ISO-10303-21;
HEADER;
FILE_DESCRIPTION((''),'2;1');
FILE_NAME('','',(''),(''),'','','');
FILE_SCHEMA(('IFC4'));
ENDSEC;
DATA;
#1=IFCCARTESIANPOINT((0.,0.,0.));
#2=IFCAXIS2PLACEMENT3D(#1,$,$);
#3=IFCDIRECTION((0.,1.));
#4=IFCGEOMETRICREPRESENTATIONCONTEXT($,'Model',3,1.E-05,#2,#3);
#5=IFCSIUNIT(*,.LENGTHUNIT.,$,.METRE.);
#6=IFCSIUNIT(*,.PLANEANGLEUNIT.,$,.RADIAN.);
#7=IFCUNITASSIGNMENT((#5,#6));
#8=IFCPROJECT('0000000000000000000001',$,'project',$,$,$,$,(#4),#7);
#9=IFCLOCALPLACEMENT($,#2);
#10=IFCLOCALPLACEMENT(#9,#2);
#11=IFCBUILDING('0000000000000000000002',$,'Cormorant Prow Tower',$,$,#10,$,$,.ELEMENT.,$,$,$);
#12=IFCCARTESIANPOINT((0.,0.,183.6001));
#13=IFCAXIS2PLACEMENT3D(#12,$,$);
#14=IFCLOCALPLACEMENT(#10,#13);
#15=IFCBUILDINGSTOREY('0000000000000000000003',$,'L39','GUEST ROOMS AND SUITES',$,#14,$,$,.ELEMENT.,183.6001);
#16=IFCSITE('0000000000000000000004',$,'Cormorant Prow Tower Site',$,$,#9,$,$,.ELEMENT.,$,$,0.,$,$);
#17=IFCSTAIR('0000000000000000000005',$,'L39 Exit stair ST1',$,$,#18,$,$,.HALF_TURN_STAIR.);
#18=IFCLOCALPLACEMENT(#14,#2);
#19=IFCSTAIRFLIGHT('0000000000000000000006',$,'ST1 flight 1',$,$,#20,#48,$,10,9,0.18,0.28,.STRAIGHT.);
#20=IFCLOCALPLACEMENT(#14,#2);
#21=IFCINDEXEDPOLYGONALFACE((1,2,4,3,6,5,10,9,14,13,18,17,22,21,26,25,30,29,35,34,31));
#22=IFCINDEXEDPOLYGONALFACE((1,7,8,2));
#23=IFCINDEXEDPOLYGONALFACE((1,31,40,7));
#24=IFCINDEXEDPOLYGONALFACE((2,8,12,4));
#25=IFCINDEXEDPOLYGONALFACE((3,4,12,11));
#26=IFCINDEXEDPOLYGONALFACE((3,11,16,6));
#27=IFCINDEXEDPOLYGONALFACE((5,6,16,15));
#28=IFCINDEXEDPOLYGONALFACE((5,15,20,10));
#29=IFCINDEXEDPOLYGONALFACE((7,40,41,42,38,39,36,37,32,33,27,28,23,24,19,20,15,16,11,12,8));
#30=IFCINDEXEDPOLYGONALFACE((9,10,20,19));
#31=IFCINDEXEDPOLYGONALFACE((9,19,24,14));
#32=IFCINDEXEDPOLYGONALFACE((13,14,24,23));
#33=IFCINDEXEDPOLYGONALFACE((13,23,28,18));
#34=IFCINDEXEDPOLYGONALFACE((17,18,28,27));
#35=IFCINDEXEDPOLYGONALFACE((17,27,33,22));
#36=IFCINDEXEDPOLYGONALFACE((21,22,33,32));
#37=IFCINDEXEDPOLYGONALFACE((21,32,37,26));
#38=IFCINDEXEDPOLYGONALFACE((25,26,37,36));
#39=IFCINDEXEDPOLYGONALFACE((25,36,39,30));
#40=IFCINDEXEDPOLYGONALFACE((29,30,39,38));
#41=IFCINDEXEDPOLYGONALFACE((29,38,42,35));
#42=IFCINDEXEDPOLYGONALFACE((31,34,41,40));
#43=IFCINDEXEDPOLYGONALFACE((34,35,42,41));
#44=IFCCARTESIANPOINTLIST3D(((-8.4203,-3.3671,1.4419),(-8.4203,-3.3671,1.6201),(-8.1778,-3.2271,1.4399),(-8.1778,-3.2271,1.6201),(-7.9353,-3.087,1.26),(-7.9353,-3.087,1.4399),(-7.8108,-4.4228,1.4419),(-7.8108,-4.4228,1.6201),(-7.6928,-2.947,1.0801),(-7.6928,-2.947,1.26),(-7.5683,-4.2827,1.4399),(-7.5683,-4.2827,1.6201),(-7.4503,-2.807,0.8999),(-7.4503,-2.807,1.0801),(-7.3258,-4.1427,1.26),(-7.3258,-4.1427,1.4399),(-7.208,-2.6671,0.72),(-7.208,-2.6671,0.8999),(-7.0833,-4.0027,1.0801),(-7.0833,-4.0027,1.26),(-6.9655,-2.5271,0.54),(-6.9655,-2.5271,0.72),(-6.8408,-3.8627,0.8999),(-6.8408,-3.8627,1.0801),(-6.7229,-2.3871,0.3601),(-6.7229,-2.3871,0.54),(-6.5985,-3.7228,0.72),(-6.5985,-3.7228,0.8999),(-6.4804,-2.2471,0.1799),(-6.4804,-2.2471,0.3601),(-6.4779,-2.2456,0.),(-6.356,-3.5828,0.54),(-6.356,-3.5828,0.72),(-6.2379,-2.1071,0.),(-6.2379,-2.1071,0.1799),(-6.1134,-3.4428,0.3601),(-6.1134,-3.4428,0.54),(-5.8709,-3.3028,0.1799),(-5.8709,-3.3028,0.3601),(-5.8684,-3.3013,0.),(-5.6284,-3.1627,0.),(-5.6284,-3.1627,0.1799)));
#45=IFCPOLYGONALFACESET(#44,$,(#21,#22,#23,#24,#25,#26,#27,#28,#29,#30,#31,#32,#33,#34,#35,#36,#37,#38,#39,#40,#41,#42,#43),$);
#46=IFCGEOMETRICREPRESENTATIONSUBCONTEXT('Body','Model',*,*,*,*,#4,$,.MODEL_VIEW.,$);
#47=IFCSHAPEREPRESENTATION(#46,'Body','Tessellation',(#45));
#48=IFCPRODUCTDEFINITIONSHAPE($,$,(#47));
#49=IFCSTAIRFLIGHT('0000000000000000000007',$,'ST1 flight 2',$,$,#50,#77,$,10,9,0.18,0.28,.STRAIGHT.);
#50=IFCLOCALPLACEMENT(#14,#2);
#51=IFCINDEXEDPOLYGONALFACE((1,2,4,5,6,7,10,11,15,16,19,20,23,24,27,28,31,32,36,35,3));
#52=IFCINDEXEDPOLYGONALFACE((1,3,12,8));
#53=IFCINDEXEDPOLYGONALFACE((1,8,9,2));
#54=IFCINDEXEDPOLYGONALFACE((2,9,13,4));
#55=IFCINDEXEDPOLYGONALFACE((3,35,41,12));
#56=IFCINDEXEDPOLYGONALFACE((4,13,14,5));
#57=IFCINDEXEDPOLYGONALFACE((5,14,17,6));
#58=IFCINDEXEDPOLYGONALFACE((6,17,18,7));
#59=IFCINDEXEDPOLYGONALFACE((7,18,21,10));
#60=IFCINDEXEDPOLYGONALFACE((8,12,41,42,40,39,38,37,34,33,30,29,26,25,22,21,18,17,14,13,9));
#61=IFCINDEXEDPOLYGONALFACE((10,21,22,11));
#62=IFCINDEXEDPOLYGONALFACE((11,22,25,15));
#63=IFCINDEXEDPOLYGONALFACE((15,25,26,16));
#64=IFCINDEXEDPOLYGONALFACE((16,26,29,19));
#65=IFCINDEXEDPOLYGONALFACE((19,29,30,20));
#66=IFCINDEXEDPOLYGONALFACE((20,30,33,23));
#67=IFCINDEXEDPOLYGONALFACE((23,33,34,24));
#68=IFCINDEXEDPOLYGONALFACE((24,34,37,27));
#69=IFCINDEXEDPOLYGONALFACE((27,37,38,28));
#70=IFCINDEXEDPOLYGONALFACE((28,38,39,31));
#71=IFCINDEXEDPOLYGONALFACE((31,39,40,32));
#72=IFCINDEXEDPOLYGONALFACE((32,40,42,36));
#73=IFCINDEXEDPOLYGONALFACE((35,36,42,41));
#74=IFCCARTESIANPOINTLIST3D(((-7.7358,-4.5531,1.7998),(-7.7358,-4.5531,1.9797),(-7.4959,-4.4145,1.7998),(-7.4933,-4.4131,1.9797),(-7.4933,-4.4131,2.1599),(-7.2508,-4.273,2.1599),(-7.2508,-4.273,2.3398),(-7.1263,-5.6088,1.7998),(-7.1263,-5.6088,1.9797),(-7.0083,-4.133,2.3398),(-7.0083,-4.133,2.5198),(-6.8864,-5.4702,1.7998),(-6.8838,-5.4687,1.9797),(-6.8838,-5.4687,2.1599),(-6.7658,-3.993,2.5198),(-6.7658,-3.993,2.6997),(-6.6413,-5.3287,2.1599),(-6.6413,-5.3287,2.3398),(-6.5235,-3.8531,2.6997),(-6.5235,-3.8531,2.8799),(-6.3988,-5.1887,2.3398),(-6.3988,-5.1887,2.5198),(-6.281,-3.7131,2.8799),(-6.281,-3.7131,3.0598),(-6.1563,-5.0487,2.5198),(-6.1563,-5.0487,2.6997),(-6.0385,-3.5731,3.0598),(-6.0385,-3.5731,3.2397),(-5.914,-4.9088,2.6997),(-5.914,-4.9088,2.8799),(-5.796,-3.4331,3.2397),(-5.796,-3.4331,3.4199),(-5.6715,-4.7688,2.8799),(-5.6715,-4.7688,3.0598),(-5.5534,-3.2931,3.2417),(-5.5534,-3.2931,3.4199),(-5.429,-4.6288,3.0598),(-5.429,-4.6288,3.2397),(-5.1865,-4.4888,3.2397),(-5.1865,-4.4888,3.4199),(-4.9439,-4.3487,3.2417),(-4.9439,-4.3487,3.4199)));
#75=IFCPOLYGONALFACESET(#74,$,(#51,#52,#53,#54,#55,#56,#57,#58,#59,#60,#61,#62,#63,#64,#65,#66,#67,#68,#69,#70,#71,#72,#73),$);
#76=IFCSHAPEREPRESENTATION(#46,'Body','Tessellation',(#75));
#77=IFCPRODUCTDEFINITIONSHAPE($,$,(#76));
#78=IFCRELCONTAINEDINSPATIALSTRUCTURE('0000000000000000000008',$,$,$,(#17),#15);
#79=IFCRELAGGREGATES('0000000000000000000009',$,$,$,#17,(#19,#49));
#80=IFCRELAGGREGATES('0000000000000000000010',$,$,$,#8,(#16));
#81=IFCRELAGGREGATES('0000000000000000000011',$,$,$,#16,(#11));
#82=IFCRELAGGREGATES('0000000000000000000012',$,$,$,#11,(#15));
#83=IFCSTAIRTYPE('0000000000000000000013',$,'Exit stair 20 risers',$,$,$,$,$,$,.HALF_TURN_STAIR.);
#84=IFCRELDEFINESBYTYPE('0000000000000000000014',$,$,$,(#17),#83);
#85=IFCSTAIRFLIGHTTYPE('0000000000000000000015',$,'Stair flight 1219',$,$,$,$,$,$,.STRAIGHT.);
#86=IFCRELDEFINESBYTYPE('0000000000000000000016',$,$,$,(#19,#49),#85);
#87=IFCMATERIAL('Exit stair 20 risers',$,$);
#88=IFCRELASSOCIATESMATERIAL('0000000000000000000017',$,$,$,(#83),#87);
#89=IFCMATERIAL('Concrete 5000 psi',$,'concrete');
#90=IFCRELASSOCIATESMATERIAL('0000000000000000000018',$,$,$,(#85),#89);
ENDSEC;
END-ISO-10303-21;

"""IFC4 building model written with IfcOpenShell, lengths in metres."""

from ifc_helpers import new_model, si_unit, direction, frame, origin, place, context, subcontext, project, spatial, polyline, outline, extrude, material, type_object, element, aggregate, save


model = new_model("IFC4")

# Units and contexts
model_context = context("Model", 3, precision=1e-05, world=origin(), true_north=direction((0.0, 1.0)))
body_context = subcontext(model_context, "Body", "Model", "MODEL_VIEW")
ifc_project = project(units=[si_unit("LENGTHUNIT", "METRE"), si_unit("PLANEANGLEUNIT", "RADIAN")], contexts=[model_context])

# Site, building, storey
site_placement = place(None, origin())
site = spatial("IfcSite", under=ifc_project, at=site_placement, Name="Cormorant Prow Tower Site", CompositionType="ELEMENT", RefElevation=0.0)
building_placement = place(site_placement, origin())
building = spatial("IfcBuilding", under=site, at=building_placement, Name="Cormorant Prow Tower", CompositionType="ELEMENT")
storey_placement = place(building_placement, frame((0.0, 0.0, 183.6001)))
storey = spatial("IfcBuildingStorey", under=building, at=storey_placement, Name="L39", Description="GUEST ROOMS AND SUITES", CompositionType="ELEMENT", Elevation=183.6001)

# Stair, stair flights
ifc_material_1 = material(Name="Exit stair 20 risers")
stair_type = type_object("IfcStairType", Name="Exit stair 20 risers", PredefinedType="HALF_TURN_STAIR", material=ifc_material_1)
stair_placement = place(storey_placement, origin())
stair = element("IfcStair", 1, at=stair_placement, inside=storey, type_object=stair_type, Name="L39 Exit stair ST1", PredefinedType="HALF_TURN_STAIR")
ifc_material_2 = material(Name="Concrete 5000 psi", Category="concrete")
stair_flight_type = type_object("IfcStairFlightType", Name="Stair flight 1219", PredefinedType="STRAIGHT", material=ifc_material_2)
stair_flight_1_placement = place(storey_placement, frame((-5.9331, -2.635, 0.0), z_axis=(0.0, 0.0, 1.0), x_axis=(-0.866025, -0.5, 0.0)))
stair_flight_1 = element("IfcStairFlight", 2, at=stair_flight_1_placement, type_object=stair_flight_type, Name="ST1 flight 1", NumberOfRisers=10, NumberOfTreads=9, PredefinedType="STRAIGHT", RiserHeight=0.18, TreadLength=0.28, context=body_context, shape_type="SweptSolid", body=[
    extrude(outline(polyline([(0.0, 0.0), (0.0, 0.1799), (0.28, 0.1799), (0.28, 0.3601), (0.5601, 0.3601), (0.5601, 0.54), (0.8401, 0.54), (0.8401, 0.72), (1.1201, 0.72), (1.1201, 0.8999), (1.3999, 0.8999), (1.3999, 1.0801), (1.6799, 1.0801), (1.6799, 1.26), (1.96, 1.26), (1.96, 1.4399), (2.24, 1.4399), (2.24, 1.6201), (2.52, 1.6201), (2.52, 1.8), (2.52, 1.4419), (0.2771, 0.0), (0.0, 0.0)])), frame((0.0, 0.6094, 0.0), z_axis=(0.0, -1.0, 0.0), x_axis=(1.0, 0.0, 0.0)), (0.0, 0.0, 1.0), 1.219),
])
stair_flight_2_placement = place(storey_placement, frame((-7.4312, -5.0808, 1.7998), z_axis=(0.0, 0.0, 1.0), x_axis=(0.866025, 0.5, 0.0)))
stair_flight_2 = element("IfcStairFlight", 3, at=stair_flight_2_placement, type_object=stair_flight_type, Name="ST1 flight 2", NumberOfRisers=10, NumberOfTreads=9, PredefinedType="STRAIGHT", RiserHeight=0.18, TreadLength=0.28, context=body_context, shape_type="SweptSolid", body=[
    extrude(outline(polyline([(0.0, 0.0), (0.0, 0.1799), (0.28, 0.1799), (0.28, 0.3601), (0.5601, 0.3601), (0.5601, 0.54), (0.8401, 0.54), (0.8401, 0.72), (1.1201, 0.72), (1.1201, 0.8999), (1.3999, 0.8999), (1.3999, 1.0801), (1.6799, 1.0801), (1.6799, 1.26), (1.96, 1.26), (1.96, 1.4399), (2.24, 1.4399), (2.24, 1.6201), (2.52, 1.6201), (2.52, 1.8), (2.52, 1.4419), (0.2771, 0.0), (0.0, 0.0)])), frame((0.0, 0.6094, 0.0), z_axis=(0.0, -1.0, 0.0), x_axis=(1.0, 0.0, 0.0)), (0.0, 0.0, 1.0), 1.219),
])
aggregate(stair, [stair_flight_1, stair_flight_2])

save(model, "model.ifc")
